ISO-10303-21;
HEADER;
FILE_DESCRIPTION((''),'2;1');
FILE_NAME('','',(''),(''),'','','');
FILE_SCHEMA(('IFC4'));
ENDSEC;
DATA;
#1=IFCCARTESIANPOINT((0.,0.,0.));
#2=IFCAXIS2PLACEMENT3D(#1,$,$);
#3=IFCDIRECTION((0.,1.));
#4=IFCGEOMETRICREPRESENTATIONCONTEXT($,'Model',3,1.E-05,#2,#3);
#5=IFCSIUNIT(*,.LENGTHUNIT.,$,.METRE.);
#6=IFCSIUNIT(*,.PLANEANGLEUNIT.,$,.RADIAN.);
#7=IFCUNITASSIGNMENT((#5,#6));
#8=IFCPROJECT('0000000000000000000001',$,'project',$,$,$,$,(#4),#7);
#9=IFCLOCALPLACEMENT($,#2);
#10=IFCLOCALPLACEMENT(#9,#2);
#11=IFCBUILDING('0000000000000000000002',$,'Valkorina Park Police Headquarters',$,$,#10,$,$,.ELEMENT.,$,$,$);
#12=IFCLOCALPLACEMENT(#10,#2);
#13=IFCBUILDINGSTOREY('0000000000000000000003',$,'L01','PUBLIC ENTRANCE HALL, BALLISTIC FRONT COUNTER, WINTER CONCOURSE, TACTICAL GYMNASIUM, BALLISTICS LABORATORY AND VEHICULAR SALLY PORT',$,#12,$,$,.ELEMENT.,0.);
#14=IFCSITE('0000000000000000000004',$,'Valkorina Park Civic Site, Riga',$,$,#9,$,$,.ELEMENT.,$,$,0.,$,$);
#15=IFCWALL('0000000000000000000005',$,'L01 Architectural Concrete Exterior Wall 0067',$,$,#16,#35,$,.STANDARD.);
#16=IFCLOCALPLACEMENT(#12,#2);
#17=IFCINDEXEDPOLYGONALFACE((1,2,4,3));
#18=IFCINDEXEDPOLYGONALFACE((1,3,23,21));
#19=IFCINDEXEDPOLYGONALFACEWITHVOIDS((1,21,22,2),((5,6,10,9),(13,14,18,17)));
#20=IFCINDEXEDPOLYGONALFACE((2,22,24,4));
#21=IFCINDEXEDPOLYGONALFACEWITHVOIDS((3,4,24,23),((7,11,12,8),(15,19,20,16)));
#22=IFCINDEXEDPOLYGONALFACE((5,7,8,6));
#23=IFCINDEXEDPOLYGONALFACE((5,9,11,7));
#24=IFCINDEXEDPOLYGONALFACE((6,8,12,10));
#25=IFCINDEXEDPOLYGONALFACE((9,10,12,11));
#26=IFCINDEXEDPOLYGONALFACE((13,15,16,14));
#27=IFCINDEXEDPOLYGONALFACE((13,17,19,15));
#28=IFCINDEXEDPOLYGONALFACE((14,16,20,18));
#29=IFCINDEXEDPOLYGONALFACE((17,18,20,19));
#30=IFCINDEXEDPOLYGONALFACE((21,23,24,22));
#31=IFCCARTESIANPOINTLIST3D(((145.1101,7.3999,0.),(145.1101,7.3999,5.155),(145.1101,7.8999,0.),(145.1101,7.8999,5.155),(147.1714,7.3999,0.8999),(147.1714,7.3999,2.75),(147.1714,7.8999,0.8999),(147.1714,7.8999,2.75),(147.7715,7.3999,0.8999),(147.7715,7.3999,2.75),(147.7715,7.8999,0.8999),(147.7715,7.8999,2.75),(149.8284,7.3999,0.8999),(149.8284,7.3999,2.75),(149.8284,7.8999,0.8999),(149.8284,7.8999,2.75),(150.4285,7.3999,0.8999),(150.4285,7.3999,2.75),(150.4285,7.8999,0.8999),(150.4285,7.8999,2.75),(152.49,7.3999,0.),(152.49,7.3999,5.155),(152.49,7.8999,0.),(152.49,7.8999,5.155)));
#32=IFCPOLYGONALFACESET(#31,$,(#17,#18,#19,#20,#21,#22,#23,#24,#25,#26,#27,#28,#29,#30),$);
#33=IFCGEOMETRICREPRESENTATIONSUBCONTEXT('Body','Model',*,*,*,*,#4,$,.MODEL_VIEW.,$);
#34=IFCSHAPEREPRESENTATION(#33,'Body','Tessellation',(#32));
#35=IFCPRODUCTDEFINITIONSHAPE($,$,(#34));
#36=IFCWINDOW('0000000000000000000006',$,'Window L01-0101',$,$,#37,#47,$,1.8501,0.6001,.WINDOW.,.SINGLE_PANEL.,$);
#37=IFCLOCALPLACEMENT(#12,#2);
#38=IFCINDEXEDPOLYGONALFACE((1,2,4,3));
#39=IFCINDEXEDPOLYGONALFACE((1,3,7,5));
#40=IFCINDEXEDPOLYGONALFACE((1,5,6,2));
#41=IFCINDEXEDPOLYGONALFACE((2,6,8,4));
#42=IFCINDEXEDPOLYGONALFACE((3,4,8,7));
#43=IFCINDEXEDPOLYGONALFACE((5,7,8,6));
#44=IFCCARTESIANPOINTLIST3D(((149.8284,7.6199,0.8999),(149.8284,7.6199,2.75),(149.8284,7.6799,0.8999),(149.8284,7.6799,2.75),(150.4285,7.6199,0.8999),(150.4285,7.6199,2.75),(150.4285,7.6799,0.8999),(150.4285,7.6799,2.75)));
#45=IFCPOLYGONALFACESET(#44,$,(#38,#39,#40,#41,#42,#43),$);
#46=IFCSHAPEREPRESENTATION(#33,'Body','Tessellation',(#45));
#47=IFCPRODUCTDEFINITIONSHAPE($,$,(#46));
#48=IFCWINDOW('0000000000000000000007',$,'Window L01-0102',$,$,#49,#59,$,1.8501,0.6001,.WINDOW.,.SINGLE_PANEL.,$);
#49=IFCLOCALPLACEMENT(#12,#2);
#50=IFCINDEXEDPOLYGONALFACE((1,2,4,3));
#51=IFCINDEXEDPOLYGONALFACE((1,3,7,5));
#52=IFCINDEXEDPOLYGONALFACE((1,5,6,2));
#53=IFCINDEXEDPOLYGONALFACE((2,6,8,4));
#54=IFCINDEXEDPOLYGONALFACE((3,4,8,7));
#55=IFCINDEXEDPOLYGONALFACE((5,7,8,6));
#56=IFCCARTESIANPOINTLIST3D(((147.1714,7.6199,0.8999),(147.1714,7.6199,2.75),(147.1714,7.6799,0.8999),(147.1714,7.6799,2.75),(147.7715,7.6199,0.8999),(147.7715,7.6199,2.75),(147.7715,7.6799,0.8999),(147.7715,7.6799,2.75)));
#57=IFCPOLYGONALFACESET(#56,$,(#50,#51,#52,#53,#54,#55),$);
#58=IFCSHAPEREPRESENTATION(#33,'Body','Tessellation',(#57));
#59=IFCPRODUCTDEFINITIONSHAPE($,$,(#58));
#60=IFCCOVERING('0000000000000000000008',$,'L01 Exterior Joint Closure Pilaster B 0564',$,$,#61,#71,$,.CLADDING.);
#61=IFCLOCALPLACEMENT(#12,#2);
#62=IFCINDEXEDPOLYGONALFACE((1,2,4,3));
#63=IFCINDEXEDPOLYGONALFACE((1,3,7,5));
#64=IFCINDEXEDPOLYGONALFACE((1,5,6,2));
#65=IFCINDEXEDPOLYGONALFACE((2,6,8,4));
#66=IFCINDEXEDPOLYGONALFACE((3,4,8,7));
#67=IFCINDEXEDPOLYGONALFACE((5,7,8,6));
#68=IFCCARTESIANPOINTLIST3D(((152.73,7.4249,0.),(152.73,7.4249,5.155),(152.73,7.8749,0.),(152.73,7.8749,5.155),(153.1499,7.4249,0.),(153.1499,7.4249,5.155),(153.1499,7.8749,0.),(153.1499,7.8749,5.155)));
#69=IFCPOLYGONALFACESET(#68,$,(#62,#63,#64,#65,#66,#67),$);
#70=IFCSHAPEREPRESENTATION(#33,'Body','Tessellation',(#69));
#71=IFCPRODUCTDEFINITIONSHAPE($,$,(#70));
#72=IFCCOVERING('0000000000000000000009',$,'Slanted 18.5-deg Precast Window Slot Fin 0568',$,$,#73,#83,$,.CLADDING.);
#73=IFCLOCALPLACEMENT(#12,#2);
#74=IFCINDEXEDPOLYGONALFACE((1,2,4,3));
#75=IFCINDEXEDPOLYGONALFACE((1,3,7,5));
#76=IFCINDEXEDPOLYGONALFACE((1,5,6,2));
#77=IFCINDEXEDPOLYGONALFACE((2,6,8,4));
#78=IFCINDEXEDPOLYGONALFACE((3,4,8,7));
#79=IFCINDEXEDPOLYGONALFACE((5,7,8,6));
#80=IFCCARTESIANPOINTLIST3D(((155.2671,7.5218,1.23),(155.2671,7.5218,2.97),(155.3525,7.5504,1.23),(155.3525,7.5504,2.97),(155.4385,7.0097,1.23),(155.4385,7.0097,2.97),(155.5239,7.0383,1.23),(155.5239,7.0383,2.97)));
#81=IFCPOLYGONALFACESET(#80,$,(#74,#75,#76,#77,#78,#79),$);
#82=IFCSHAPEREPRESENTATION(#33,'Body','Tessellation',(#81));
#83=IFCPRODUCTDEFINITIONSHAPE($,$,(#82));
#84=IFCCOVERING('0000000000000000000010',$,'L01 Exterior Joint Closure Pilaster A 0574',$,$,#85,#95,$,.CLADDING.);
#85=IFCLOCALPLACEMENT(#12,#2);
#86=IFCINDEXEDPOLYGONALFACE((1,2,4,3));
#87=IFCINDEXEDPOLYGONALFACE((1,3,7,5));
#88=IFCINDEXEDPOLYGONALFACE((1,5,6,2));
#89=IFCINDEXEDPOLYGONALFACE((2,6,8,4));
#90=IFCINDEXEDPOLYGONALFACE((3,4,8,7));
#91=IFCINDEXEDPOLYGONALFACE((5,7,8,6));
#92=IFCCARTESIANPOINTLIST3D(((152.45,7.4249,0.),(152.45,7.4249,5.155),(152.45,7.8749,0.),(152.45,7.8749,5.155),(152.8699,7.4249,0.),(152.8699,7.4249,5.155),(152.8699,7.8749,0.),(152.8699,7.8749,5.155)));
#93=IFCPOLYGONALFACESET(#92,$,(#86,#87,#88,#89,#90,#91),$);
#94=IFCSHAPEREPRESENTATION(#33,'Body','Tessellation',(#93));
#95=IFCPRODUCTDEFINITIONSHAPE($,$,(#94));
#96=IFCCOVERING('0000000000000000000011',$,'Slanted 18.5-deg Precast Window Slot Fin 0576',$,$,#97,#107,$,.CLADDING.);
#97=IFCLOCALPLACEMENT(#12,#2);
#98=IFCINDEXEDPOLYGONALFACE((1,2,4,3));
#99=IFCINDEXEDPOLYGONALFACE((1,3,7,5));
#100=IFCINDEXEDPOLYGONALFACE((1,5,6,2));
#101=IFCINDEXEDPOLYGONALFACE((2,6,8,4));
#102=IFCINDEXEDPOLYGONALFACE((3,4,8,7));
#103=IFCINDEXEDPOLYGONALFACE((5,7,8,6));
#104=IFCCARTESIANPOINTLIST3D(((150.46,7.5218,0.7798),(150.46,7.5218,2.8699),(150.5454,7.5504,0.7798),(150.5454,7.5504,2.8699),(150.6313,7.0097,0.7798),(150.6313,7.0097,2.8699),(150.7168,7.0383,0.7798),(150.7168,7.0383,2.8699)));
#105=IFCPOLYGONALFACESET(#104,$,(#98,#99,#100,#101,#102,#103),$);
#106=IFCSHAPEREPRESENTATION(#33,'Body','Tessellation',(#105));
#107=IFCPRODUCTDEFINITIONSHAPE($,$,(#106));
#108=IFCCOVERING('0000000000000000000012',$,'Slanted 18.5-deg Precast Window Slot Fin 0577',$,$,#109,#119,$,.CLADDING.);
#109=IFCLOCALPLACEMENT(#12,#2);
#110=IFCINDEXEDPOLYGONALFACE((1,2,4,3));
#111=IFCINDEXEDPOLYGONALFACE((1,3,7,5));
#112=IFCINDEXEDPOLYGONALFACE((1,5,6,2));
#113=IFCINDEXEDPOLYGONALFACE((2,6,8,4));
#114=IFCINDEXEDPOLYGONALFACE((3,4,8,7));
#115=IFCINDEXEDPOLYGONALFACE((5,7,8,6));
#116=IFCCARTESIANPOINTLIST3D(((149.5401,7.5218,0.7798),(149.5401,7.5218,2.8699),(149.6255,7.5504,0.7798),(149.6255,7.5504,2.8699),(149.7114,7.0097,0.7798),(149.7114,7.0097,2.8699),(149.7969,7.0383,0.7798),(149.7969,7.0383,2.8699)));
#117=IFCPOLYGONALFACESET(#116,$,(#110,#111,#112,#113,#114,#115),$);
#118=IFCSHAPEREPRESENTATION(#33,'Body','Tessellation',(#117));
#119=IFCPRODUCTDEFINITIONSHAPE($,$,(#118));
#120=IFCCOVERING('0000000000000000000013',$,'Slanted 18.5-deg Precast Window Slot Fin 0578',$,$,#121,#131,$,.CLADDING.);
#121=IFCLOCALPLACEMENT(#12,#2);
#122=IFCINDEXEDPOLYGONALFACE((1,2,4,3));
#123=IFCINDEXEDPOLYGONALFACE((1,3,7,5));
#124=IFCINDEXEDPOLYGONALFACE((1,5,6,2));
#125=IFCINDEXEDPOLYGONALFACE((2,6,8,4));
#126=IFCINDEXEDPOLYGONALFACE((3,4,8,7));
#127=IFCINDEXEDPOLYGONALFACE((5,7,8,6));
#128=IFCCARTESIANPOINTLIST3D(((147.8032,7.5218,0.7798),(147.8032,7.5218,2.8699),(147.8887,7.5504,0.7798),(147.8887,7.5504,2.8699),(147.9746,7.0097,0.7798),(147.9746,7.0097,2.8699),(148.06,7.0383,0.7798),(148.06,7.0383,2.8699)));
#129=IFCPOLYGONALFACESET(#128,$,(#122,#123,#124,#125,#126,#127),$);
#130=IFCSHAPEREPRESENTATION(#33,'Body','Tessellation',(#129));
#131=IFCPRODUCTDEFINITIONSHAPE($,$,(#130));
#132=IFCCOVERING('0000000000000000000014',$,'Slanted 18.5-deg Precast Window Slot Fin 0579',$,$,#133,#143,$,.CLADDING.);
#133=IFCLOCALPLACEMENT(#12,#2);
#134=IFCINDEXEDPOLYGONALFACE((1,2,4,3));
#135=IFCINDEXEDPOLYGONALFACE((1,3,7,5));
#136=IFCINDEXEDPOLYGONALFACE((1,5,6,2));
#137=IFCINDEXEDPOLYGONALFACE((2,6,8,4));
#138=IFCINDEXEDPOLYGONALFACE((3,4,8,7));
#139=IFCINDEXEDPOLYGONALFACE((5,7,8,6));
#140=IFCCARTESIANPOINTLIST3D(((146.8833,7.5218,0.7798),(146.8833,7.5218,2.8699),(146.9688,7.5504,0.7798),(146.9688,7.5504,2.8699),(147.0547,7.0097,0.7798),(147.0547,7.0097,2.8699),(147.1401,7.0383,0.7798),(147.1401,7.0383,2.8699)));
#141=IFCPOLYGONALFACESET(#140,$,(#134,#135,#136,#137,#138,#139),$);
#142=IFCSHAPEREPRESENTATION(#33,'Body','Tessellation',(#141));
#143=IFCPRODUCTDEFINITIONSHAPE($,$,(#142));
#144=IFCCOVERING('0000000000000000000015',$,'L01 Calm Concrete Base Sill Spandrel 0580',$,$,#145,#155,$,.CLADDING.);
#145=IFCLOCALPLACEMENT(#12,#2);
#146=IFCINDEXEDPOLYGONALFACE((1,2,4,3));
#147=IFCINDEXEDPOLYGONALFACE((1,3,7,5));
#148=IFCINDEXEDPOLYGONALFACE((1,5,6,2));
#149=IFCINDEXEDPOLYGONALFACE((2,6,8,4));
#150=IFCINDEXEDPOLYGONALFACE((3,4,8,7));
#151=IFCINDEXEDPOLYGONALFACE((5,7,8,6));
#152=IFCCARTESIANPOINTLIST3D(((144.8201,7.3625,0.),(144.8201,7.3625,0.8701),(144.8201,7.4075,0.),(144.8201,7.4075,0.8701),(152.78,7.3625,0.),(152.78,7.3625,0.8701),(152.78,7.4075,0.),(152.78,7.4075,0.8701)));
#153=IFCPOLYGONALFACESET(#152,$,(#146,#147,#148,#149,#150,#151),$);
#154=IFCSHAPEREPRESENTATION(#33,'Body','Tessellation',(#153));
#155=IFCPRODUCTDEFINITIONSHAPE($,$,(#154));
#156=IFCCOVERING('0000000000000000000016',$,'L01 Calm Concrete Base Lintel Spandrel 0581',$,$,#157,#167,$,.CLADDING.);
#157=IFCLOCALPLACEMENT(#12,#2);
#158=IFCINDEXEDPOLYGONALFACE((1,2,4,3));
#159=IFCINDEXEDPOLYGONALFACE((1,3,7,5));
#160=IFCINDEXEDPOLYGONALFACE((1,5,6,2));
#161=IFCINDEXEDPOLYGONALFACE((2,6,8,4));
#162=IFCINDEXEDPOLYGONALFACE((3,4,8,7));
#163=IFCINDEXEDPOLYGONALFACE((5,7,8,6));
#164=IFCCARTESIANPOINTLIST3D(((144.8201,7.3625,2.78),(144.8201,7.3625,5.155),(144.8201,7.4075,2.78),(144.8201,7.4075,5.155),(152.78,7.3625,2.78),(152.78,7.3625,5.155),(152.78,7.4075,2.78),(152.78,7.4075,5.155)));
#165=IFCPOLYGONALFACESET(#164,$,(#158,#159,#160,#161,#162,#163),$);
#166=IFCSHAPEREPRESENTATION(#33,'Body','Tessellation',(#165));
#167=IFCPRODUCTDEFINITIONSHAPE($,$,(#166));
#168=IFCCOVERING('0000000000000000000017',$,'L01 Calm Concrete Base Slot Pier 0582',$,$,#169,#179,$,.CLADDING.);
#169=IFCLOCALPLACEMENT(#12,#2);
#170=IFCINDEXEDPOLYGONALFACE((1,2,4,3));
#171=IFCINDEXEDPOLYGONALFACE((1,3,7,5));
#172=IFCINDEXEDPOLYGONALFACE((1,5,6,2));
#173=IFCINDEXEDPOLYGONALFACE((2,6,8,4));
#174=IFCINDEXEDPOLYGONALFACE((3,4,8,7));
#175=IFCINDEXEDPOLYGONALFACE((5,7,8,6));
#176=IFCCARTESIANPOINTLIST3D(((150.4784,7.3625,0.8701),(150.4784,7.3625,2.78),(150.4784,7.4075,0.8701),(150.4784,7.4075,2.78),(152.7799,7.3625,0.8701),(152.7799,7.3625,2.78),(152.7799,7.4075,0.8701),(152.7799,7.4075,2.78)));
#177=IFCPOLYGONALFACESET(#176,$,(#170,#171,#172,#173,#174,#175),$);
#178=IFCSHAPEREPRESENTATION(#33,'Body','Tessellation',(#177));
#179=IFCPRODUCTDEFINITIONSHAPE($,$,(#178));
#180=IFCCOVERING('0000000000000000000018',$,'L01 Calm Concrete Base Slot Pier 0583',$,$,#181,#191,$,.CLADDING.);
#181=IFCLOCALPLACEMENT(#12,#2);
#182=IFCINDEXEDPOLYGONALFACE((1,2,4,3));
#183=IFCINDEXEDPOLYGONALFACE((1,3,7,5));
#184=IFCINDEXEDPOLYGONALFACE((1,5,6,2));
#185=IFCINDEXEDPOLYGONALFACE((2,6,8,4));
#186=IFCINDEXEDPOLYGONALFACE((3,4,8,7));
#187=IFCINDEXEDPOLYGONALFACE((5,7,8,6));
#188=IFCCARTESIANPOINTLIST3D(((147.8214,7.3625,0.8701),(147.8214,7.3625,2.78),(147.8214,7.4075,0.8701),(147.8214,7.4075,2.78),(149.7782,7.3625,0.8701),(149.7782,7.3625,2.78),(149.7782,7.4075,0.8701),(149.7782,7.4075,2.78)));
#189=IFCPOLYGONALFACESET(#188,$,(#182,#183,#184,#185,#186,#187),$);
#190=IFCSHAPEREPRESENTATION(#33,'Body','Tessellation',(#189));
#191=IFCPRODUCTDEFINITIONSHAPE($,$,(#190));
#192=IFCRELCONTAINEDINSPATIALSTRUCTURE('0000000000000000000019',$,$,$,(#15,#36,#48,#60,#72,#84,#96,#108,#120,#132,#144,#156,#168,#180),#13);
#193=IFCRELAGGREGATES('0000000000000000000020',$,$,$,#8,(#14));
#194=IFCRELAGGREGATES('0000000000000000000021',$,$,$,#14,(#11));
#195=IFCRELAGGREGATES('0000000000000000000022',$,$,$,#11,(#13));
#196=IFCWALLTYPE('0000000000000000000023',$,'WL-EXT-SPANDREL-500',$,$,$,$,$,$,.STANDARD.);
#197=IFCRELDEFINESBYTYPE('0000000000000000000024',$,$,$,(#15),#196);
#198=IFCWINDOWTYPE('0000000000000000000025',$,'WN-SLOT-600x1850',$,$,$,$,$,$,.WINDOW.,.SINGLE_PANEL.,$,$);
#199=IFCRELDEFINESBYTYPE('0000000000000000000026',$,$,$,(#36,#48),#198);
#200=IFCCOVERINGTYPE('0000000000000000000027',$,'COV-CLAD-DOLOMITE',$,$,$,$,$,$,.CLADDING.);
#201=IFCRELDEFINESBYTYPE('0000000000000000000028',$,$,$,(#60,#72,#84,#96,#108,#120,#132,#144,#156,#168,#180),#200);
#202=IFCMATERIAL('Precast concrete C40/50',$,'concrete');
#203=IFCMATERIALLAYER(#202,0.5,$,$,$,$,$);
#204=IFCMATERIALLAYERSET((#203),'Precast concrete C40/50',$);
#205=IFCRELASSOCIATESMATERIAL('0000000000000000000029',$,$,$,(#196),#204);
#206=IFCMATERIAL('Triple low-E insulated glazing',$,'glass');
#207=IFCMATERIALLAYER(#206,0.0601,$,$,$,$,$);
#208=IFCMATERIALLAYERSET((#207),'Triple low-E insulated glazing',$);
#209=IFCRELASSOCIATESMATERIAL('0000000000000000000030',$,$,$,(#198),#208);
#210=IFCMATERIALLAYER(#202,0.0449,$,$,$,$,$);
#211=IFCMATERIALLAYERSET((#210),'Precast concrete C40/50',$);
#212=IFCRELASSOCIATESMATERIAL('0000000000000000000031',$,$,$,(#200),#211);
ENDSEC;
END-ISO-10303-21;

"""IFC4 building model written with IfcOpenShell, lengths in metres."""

from ifc_helpers import new_model, si_unit, direction, frame, frame_2d, origin, origin_2d, place, context, subcontext, project, spatial, rectangle, extrude, material, layer, layer_set, type_object, element, fill, save


model = new_model("IFC4")

# Units and contexts
model_context = context("Model", 3, precision=1e-05, world=origin(), true_north=direction((0.0, 1.0)))
body_context = subcontext(model_context, "Body", "Model", "MODEL_VIEW")
ifc_project = project(units=[si_unit("LENGTHUNIT", "METRE"), si_unit("PLANEANGLEUNIT", "RADIAN")], contexts=[model_context])

# Site, building, storey
site_placement = place(None, origin())
site = spatial("IfcSite", under=ifc_project, at=site_placement, Name="Valkorina Park Civic Site, Riga", CompositionType="ELEMENT", RefElevation=0.0)
building_placement = place(site_placement, origin())
building = spatial("IfcBuilding", under=site, at=building_placement, Name="Valkorina Park Police Headquarters", CompositionType="ELEMENT")
storey_placement = place(building_placement, origin())
storey = spatial("IfcBuildingStorey", under=building, at=storey_placement, Name="L01", Description="PUBLIC ENTRANCE HALL, BALLISTIC FRONT COUNTER, WINTER CONCOURSE, TACTICAL GYMNASIUM, BALLISTICS LABORATORY AND VEHICULAR SALLY PORT", CompositionType="ELEMENT", Elevation=0.0)

# Wall, openings, windows
ifc_material_1 = material(Name="Precast concrete C40/50", Category="concrete")
ifc_layer_1 = layer(ifc_material_1, 0.5)
ifc_layer_set_1 = layer_set([ifc_layer_1], Name="Precast concrete C40/50")
wall_type = type_object("IfcWallType", Name="WL-EXT-SPANDREL-500", PredefinedType="STANDARD", material=ifc_layer_set_1)
wall_placement = place(storey_placement, frame((152.49, 7.6499, 0.0), z_axis=(0.0, 0.0, 1.0), x_axis=(-1.0, 0.0, 0.0)))
wall = element("IfcWall", 1, at=wall_placement, inside=storey, type_object=wall_type, Name="L01 Architectural Concrete Exterior Wall 0067", PredefinedType="STANDARD", context=body_context, shape_type="SweptSolid", body=[
    extrude(rectangle(XDim=7.3799, YDim=0.5, at=frame_2d((3.6899, 0.0))), origin(), (0.0, 0.0, 1.0), 5.155),
])
opening_1_placement = place(wall_placement, frame((2.0615, 0.0, 0.8999)))
opening_1 = element("IfcOpeningElement", 2, at=opening_1_placement, cuts=wall, PredefinedType="OPENING", context=body_context, shape_type="SweptSolid", body=[
    extrude(rectangle(XDim=0.6001, YDim=1.8501, at=frame_2d((0.3, 0.925))), frame((0.0, 0.26, 0.0), z_axis=(0.0, -1.0, 0.0), x_axis=(1.0, 0.0, 0.0)), (0.0, 0.0, 1.0), 0.52),
])
opening_2_placement = place(wall_placement, frame((4.7185, 0.0, 0.8999)))
opening_2 = element("IfcOpeningElement", 3, at=opening_2_placement, cuts=wall, PredefinedType="OPENING", context=body_context, shape_type="SweptSolid", body=[
    extrude(rectangle(XDim=0.6001, YDim=1.8501, at=frame_2d((0.3, 0.925))), frame((0.0, 0.26, 0.0), z_axis=(0.0, -1.0, 0.0), x_axis=(1.0, 0.0, 0.0)), (0.0, 0.0, 1.0), 0.52),
])
ifc_material_2 = material(Name="Triple low-E insulated glazing", Category="glass")
ifc_layer_2 = layer(ifc_material_2, 0.0601)
ifc_layer_set_2 = layer_set([ifc_layer_2], Name="Triple low-E insulated glazing")
window_type = type_object("IfcWindowType", Name="WN-SLOT-600x1850", PartitioningType="SINGLE_PANEL", PredefinedType="WINDOW", material=ifc_layer_set_2)
window_1_placement = place(opening_1_placement, origin())
window_1 = element("IfcWindow", 4, at=window_1_placement, inside=storey, type_object=window_type, Name="Window L01-0101", OverallHeight=1.8501, OverallWidth=0.6001, PartitioningType="SINGLE_PANEL", PredefinedType="WINDOW", context=body_context, shape_type="SweptSolid", body=[
    extrude(rectangle(XDim=0.6001, YDim=1.8501, at=frame_2d((0.3, 0.925))), frame((0.0, 0.03, 0.0), z_axis=(0.0, -1.0, 0.0), x_axis=(1.0, 0.0, 0.0)), (0.0, 0.0, 1.0), 0.0601),
])
fill(opening_1, window_1)
window_2_placement = place(opening_2_placement, origin())
window_2 = element("IfcWindow", 5, at=window_2_placement, inside=storey, type_object=window_type, Name="Window L01-0102", OverallHeight=1.8501, OverallWidth=0.6001, PartitioningType="SINGLE_PANEL", PredefinedType="WINDOW", context=body_context, shape_type="SweptSolid", body=[
    extrude(rectangle(XDim=0.6001, YDim=1.8501, at=frame_2d((0.3, 0.925))), frame((0.0, 0.03, 0.0), z_axis=(0.0, -1.0, 0.0), x_axis=(1.0, 0.0, 0.0)), (0.0, 0.0, 1.0), 0.0601),
])
fill(opening_2, window_2)

# Coverings
ifc_layer_3 = layer(ifc_material_1, 0.0449)
ifc_layer_set_3 = layer_set([ifc_layer_3], Name="Precast concrete C40/50")
covering_type = type_object("IfcCoveringType", Name="COV-CLAD-DOLOMITE", PredefinedType="CLADDING", material=ifc_layer_set_3)
covering_1_placement = place(storey_placement, frame((152.9399, 7.6499, 0.0), z_axis=(0.0, 0.0, 1.0), x_axis=(1.0, 0.0, 0.0)))
element("IfcCovering", 6, at=covering_1_placement, inside=storey, type_object=covering_type, Name="L01 Exterior Joint Closure Pilaster B 0564", PredefinedType="CLADDING", context=body_context, shape_type="SweptSolid", body=[
    extrude(rectangle(XDim=0.4199, YDim=0.45, at=origin_2d()), origin(), (0.0, 0.0, 1.0), 5.155),
])
covering_2_placement = place(storey_placement, frame((155.3955, 7.28, 1.23), z_axis=(0.0, 0.0, 1.0), x_axis=(0.317305, -0.948324, 0.0)))
element("IfcCovering", 7, at=covering_2_placement, inside=storey, type_object=covering_type, Name="Slanted 18.5-deg Precast Window Slot Fin 0568", PredefinedType="CLADDING", context=body_context, shape_type="SweptSolid", body=[
    extrude(rectangle(XDim=0.54, YDim=0.0901, at=origin_2d()), origin(), (0.0, 0.0, 1.0), 1.74),
])
covering_3_placement = place(storey_placement, frame((152.6599, 7.6499, 0.0), z_axis=(0.0, 0.0, 1.0), x_axis=(1.0, 0.0, 0.0)))
element("IfcCovering", 8, at=covering_3_placement, inside=storey, type_object=covering_type, Name="L01 Exterior Joint Closure Pilaster A 0574", PredefinedType="CLADDING", context=body_context, shape_type="SweptSolid", body=[
    extrude(rectangle(XDim=0.4199, YDim=0.45, at=origin_2d()), origin(), (0.0, 0.0, 1.0), 5.155),
])
for number, where, z_axis, x_axis, name in (
    (9, (150.5884, 7.28, 0.7798), (0.0, 0.0, 1.0), (0.317305, -0.948324, 0.0), "Slanted 18.5-deg Precast Window Slot Fin 0576"),
    (10, (149.6685, 7.28, 0.7798), (0.0, 0.0, 1.0), (0.317305, -0.948324, 0.0), "Slanted 18.5-deg Precast Window Slot Fin 0577"),
    (11, (147.9316, 7.28, 0.7798), (0.0, 0.0, 1.0), (0.317305, -0.948324, 0.0), "Slanted 18.5-deg Precast Window Slot Fin 0578"),
    (12, (147.0117, 7.28, 0.7798), (0.0, 0.0, 1.0), (0.317305, -0.948324, 0.0), "Slanted 18.5-deg Precast Window Slot Fin 0579"),
):
    element("IfcCovering", number, at=place(storey_placement, frame(where, z_axis=z_axis, x_axis=x_axis)), inside=storey, type_object=covering_type, Name=name, PredefinedType="CLADDING", context=body_context, shape_type="SweptSolid", body=[
        extrude(rectangle(XDim=0.54, YDim=0.0901, at=origin_2d()), origin(), (0.0, 0.0, 1.0), 2.0901),
    ])
covering_4_placement = place(storey_placement, frame((152.78, 7.385, 0.0), z_axis=(0.0, 0.0, 1.0), x_axis=(-1.0, 0.0, 0.0)))
element("IfcCovering", 13, at=covering_4_placement, inside=storey, type_object=covering_type, Name="L01 Calm Concrete Base Sill Spandrel 0580", PredefinedType="CLADDING", context=body_context, shape_type="SweptSolid", body=[
    extrude(rectangle(XDim=7.96, YDim=0.0449, at=frame_2d((3.98, 0.0))), origin(), (0.0, 0.0, 1.0), 0.8701),
])
covering_5_placement = place(storey_placement, frame((152.78, 7.385, 2.78), z_axis=(0.0, 0.0, 1.0), x_axis=(-1.0, 0.0, 0.0)))
element("IfcCovering", 14, at=covering_5_placement, inside=storey, type_object=covering_type, Name="L01 Calm Concrete Base Lintel Spandrel 0581", PredefinedType="CLADDING", context=body_context, shape_type="SweptSolid", body=[
    extrude(rectangle(XDim=7.96, YDim=0.0449, at=frame_2d((3.98, 0.0))), origin(), (0.0, 0.0, 1.0), 2.375),
])
covering_6_placement = place(storey_placement, frame((152.78, 7.385, 0.8701), z_axis=(0.0, 0.0, 1.0), x_axis=(-1.0, 0.0, 0.0)))
element("IfcCovering", 15, at=covering_6_placement, inside=storey, type_object=covering_type, Name="L01 Calm Concrete Base Slot Pier 0582", PredefinedType="CLADDING", context=body_context, shape_type="SweptSolid", body=[
    extrude(rectangle(XDim=2.3015, YDim=0.0449, at=frame_2d((1.1509, 0.0))), origin(), (0.0, 0.0, 1.0), 1.9099),
])
covering_7_placement = place(storey_placement, frame((149.7783, 7.385, 0.8701), z_axis=(0.0, 0.0, 1.0), x_axis=(-1.0, 0.0, 0.0)))
element("IfcCovering", 16, at=covering_7_placement, inside=storey, type_object=covering_type, Name="L01 Calm Concrete Base Slot Pier 0583", PredefinedType="CLADDING", context=body_context, shape_type="SweptSolid", body=[
    extrude(rectangle(XDim=1.9568, YDim=0.0449, at=frame_2d((0.9785, 0.0))), origin(), (0.0, 0.0, 1.0), 1.9099),
])

save(model, "model.ifc")
